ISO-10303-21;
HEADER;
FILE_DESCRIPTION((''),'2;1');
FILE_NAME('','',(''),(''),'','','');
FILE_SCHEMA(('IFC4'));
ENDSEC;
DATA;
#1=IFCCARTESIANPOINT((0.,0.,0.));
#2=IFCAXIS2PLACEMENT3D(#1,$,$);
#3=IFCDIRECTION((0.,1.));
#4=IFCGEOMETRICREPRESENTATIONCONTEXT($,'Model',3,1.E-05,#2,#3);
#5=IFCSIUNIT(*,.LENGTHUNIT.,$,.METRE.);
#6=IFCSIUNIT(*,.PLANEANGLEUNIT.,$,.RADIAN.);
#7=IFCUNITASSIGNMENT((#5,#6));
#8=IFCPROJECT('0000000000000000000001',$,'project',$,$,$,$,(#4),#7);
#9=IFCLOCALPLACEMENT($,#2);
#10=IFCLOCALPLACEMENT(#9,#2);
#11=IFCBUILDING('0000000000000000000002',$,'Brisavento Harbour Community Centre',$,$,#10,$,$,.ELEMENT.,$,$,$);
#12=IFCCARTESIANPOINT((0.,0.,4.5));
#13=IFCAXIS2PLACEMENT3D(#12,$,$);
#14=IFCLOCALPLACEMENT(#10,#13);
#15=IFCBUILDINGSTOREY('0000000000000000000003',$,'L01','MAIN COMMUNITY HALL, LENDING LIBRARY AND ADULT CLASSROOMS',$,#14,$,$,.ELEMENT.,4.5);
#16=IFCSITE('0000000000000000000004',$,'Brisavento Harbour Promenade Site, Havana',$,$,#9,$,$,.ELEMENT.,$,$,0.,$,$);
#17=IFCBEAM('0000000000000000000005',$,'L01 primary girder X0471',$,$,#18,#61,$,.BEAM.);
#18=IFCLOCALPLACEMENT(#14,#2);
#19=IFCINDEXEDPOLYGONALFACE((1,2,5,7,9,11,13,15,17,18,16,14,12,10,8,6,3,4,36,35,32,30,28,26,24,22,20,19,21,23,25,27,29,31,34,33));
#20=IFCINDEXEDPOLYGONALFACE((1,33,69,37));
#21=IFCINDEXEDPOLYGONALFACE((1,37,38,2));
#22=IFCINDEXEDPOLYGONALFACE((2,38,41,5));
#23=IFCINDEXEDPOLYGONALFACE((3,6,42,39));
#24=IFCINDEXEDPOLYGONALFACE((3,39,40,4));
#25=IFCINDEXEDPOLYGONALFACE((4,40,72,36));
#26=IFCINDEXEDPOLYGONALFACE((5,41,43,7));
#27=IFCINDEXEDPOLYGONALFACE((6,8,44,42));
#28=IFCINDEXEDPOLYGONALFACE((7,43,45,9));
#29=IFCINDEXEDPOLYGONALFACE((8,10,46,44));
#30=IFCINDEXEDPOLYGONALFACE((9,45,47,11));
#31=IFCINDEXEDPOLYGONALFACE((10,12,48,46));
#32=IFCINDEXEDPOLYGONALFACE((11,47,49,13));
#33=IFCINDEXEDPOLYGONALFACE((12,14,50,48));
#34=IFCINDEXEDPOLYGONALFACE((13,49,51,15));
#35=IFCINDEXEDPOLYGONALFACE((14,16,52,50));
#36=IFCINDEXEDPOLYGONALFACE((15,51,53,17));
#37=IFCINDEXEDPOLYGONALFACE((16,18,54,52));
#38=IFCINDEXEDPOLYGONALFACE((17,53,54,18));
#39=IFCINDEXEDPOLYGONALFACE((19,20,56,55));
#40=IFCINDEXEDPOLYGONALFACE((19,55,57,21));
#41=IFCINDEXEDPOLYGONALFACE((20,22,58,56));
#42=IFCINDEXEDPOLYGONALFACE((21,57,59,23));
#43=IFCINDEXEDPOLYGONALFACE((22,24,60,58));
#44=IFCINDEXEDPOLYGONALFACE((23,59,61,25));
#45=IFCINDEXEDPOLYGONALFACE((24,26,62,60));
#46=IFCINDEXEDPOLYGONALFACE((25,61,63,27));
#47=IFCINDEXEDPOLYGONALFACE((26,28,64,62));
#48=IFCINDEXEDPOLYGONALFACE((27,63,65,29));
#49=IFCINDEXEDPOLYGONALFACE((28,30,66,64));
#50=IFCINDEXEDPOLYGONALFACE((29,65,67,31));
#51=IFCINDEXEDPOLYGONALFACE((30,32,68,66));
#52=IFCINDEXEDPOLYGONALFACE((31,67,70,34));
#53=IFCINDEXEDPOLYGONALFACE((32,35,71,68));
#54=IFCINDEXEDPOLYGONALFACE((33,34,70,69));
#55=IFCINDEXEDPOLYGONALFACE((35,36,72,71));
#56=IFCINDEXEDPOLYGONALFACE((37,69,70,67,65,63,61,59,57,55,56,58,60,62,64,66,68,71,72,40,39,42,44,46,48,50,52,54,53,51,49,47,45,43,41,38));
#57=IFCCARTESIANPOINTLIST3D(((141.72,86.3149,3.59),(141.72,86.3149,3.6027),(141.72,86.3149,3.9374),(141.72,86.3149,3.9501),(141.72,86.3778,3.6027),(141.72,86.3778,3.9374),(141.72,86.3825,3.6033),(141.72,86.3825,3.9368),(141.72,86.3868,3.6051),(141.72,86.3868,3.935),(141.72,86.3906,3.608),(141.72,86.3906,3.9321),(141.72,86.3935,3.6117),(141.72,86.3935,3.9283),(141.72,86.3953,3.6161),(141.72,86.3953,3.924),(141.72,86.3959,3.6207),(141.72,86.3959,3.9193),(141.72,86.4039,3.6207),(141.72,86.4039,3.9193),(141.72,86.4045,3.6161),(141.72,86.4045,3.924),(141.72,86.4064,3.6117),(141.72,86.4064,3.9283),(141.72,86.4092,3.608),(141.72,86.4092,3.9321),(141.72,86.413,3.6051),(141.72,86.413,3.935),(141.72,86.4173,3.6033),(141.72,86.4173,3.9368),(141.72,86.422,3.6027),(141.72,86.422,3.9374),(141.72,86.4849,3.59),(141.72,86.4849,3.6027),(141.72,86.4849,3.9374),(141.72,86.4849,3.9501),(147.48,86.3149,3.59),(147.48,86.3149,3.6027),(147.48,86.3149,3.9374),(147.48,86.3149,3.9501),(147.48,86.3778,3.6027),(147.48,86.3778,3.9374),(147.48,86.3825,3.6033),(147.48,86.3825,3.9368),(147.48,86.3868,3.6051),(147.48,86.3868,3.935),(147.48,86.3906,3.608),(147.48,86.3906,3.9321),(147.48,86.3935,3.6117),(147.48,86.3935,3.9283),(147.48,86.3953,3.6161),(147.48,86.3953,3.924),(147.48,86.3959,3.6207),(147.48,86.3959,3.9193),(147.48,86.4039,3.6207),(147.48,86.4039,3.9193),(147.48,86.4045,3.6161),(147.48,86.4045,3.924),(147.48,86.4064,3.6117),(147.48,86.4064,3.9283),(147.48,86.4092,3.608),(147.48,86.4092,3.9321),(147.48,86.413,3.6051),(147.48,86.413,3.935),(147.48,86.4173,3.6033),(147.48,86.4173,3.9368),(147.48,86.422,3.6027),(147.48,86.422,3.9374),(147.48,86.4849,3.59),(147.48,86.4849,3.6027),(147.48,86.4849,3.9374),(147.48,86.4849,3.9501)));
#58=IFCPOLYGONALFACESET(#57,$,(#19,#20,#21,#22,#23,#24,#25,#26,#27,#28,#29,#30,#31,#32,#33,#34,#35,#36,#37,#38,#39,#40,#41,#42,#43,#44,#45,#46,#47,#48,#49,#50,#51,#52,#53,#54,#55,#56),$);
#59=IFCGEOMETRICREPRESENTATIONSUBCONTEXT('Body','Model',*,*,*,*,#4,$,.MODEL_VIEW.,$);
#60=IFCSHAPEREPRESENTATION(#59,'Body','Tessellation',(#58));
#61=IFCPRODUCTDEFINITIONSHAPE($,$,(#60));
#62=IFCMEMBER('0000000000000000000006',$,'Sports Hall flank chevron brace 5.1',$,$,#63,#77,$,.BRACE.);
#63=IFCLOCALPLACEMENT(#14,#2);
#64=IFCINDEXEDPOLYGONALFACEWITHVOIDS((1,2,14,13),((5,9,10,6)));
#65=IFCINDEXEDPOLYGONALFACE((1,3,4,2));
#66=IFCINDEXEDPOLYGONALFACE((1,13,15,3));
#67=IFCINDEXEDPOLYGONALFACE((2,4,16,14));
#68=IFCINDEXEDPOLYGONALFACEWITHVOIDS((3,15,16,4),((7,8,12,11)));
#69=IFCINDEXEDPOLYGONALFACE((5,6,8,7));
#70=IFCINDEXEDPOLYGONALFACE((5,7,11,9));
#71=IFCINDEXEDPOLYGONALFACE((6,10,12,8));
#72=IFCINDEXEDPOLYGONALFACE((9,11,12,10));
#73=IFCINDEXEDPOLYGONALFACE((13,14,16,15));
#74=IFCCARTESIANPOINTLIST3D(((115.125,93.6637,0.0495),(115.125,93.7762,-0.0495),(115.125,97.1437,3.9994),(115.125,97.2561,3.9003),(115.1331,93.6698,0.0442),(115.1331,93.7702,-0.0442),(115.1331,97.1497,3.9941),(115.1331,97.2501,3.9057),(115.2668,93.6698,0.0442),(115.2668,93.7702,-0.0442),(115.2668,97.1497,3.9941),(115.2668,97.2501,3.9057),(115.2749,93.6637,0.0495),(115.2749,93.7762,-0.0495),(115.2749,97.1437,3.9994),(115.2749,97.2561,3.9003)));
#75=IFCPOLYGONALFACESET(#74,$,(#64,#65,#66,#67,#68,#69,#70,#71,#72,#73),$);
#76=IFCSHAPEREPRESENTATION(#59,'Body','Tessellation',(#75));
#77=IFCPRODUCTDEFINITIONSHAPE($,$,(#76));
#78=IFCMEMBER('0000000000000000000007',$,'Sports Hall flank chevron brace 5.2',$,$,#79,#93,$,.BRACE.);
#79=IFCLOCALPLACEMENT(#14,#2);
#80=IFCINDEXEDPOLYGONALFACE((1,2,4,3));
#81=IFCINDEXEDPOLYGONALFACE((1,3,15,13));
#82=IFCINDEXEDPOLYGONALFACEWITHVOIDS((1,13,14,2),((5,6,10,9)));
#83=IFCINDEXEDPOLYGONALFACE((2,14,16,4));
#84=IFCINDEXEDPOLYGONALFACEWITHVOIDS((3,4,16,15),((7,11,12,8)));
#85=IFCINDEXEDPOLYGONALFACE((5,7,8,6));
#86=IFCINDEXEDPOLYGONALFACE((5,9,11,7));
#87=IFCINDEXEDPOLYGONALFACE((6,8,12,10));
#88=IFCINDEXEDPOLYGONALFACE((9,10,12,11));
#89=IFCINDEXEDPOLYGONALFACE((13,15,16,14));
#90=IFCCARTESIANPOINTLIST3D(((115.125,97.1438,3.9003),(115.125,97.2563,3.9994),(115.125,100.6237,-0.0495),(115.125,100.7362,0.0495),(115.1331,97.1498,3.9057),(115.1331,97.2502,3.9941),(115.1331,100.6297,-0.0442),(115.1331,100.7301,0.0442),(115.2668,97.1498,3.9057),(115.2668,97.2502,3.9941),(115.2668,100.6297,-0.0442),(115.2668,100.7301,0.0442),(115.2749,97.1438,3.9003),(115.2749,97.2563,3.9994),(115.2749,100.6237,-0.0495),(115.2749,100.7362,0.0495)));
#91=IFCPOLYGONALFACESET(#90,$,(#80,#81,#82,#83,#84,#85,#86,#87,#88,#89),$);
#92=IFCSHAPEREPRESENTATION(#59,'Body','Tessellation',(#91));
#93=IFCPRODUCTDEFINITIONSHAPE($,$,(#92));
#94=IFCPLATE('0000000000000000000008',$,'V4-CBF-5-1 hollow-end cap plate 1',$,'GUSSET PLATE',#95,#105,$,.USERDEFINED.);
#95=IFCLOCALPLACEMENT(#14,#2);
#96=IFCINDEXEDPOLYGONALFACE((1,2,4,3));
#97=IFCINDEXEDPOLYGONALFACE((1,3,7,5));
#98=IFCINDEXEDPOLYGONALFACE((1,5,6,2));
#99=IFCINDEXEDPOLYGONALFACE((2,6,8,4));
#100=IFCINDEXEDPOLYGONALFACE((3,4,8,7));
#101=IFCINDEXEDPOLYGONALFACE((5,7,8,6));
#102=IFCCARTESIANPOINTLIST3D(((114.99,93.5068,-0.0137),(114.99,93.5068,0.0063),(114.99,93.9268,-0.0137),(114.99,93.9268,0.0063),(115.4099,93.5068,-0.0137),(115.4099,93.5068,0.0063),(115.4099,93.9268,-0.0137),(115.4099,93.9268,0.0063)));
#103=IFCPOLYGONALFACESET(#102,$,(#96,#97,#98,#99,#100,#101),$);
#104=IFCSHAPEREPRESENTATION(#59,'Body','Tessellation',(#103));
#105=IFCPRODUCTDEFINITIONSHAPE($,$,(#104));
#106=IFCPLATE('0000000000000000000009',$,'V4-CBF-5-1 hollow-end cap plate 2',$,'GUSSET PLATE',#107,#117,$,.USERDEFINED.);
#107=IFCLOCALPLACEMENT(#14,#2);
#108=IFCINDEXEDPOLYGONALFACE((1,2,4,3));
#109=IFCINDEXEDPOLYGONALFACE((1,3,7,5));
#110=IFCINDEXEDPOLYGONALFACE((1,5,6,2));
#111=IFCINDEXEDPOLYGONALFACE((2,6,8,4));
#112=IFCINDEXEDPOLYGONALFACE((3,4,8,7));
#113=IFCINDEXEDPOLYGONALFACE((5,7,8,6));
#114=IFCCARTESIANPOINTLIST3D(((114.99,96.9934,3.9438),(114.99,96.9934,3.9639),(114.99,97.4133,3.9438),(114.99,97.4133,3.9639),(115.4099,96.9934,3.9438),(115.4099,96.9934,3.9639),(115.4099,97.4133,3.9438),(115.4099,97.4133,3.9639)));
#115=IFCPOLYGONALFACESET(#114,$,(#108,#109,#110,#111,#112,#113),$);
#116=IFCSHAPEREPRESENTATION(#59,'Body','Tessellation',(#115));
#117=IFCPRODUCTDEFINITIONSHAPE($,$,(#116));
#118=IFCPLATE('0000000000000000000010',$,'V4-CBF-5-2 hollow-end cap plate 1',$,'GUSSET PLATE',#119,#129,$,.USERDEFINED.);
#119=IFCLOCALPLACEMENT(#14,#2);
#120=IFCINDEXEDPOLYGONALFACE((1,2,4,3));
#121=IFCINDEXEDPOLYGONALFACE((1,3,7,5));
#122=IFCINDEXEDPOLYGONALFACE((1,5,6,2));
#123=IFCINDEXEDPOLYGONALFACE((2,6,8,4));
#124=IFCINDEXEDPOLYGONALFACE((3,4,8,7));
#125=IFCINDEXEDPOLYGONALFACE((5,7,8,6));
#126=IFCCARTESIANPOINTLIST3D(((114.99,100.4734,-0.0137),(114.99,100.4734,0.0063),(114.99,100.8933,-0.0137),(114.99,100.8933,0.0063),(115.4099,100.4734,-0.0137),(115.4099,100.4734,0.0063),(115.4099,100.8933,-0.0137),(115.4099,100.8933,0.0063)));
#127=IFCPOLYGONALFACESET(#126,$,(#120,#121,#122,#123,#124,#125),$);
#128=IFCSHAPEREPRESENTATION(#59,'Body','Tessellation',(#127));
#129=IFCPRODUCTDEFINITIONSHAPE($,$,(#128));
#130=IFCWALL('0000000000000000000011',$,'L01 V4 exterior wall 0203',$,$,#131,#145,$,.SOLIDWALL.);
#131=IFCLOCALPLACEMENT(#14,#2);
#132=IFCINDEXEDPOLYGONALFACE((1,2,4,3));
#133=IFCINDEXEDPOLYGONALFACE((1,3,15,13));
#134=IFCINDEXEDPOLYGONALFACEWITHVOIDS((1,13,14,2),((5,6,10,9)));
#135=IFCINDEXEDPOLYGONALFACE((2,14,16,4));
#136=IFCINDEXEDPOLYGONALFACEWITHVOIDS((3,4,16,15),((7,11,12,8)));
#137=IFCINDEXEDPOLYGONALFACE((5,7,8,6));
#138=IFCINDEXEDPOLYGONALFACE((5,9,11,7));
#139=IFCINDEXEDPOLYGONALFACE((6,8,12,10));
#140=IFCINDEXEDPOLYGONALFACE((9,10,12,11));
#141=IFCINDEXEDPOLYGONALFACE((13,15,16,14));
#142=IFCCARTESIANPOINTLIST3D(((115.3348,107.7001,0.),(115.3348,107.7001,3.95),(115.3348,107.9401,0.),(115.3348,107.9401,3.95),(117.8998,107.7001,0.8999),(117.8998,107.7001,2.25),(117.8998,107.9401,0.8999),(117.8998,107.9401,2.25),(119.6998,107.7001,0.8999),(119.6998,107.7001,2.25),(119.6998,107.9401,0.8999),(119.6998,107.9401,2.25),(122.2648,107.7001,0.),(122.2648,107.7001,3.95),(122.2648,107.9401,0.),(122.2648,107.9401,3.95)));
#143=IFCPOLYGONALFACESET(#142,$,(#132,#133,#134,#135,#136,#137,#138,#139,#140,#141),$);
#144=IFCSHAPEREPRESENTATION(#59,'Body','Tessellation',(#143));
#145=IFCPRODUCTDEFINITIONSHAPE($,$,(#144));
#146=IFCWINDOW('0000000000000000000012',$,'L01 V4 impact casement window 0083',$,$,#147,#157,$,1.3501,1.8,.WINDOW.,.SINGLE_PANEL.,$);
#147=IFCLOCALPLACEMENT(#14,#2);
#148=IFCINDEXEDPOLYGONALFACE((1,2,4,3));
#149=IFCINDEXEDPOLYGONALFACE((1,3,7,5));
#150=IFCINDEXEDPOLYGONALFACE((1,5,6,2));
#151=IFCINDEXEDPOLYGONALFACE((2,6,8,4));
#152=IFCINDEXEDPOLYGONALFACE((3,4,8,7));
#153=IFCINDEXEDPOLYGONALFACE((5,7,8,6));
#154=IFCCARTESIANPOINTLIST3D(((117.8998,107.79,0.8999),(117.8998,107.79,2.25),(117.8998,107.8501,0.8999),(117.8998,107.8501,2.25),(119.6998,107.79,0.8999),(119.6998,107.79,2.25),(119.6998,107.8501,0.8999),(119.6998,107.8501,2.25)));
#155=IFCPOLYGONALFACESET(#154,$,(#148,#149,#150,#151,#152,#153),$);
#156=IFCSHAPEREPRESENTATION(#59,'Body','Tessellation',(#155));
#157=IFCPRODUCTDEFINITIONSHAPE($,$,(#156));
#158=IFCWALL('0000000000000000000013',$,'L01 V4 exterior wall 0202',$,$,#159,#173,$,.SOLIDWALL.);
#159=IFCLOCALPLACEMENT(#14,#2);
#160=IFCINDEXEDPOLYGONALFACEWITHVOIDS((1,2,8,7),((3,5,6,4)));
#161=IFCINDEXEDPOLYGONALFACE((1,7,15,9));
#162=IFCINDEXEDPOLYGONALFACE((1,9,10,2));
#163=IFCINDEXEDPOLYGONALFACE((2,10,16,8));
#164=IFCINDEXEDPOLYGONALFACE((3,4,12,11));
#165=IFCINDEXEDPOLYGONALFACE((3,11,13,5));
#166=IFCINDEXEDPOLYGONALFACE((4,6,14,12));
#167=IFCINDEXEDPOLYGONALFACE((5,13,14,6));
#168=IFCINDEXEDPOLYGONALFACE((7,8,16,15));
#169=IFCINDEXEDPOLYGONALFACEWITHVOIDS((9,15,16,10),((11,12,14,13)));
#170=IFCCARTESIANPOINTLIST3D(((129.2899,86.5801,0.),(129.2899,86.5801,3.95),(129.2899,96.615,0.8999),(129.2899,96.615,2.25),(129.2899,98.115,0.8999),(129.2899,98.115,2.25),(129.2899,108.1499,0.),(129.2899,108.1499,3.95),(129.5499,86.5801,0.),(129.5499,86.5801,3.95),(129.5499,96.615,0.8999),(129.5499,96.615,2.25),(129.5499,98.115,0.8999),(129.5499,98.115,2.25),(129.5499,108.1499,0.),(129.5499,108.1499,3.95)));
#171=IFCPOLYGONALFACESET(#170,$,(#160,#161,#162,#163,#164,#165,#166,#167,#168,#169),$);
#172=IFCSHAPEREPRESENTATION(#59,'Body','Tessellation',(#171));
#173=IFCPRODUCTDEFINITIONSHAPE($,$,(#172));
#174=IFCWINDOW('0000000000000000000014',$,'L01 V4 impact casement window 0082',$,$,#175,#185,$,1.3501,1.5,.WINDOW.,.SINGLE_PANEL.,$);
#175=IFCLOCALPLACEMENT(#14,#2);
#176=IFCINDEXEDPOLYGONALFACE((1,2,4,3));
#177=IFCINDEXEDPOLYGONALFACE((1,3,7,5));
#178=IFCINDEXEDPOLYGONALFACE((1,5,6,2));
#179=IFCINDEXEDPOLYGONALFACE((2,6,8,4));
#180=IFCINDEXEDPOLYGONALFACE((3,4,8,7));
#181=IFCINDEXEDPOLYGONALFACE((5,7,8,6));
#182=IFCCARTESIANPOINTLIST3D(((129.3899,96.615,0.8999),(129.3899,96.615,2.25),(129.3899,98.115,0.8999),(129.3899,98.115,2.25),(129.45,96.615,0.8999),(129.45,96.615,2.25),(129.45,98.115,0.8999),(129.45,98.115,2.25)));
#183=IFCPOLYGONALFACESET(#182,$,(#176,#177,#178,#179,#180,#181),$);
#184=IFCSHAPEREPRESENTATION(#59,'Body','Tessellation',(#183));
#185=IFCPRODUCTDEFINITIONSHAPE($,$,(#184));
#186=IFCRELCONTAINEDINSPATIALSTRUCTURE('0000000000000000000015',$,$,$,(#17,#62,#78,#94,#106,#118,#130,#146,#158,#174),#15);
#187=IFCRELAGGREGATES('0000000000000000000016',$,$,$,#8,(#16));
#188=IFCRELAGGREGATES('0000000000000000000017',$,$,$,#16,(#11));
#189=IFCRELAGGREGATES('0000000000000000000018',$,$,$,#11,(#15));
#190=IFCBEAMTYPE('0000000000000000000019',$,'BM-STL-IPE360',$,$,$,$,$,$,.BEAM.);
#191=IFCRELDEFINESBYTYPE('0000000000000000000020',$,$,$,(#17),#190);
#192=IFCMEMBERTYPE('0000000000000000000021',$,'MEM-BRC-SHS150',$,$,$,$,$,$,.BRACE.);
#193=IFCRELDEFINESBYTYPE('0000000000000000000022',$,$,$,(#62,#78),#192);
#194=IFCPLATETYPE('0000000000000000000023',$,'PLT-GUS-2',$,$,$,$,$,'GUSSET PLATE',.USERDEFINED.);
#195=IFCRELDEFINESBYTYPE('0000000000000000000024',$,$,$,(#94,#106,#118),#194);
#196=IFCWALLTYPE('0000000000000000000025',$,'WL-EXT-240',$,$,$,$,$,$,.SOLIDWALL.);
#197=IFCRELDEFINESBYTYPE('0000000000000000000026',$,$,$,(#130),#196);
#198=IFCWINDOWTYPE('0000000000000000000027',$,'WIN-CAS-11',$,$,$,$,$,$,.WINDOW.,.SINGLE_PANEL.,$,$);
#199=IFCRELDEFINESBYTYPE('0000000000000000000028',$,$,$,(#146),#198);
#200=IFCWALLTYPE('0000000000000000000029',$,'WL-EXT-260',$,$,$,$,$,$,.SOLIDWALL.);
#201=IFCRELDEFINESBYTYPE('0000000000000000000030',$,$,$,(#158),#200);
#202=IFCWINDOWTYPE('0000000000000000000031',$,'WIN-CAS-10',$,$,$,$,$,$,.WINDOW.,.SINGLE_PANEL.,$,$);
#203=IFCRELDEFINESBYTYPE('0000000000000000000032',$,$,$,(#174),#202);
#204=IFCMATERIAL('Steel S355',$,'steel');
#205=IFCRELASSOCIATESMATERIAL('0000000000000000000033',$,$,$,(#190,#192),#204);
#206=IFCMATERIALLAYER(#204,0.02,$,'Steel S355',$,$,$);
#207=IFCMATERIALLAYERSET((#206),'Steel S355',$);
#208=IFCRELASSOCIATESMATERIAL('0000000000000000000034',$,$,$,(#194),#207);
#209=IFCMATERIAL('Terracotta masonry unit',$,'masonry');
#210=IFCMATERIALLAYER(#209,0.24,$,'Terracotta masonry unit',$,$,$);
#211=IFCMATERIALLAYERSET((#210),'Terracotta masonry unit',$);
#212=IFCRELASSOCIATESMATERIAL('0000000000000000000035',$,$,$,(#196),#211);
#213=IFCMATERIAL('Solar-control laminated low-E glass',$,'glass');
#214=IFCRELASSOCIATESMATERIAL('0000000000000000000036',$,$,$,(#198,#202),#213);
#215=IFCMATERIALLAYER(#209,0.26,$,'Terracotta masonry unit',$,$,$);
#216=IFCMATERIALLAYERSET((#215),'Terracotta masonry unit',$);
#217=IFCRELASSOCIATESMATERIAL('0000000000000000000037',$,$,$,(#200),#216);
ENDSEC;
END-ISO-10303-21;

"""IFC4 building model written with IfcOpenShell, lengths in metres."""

from ifc_helpers import new_model, si_unit, direction, frame, frame_2d, origin, origin_2d, place, context, subcontext, project, spatial, rectangle, hollow_rectangle, i_section, extrude, material, layer, layer_set, material_profile, profile_set, type_object, element, fill, save


model = new_model("IFC4")

# Units and contexts
model_context = context("Model", 3, precision=1e-05, world=origin(), true_north=direction((0.0, 1.0)))
body_context = subcontext(model_context, "Body", "Model", "MODEL_VIEW")
ifc_project = project(units=[si_unit("LENGTHUNIT", "METRE"), si_unit("PLANEANGLEUNIT", "RADIAN")], contexts=[model_context])

# Site, building, storey
site_placement = place(None, origin())
site = spatial("IfcSite", under=ifc_project, at=site_placement, Name="Brisavento Harbour Promenade Site, Havana", CompositionType="ELEMENT", RefElevation=0.0)
building_placement = place(site_placement, origin())
building = spatial("IfcBuilding", under=site, at=building_placement, Name="Brisavento Harbour Community Centre", CompositionType="ELEMENT")
storey_placement = place(building_placement, frame((0.0, 0.0, 4.5)))
storey = spatial("IfcBuildingStorey", under=building, at=storey_placement, Name="L01", Description="MAIN COMMUNITY HALL, LENDING LIBRARY AND ADULT CLASSROOMS", CompositionType="ELEMENT", Elevation=4.5)

# Shared definitions
ifc_material_1 = material(Name="Steel S355", Category="steel")

# Beam
ifc_material_profile_1 = material_profile(ifc_material_1, i_section(OverallWidth=0.1699, OverallDepth=0.3601, WebThickness=0.0081, FlangeThickness=0.0127, FilletRadius=0.0181, at=origin_2d()), Name="Steel S355")
ifc_profile_set_1 = profile_set([ifc_material_profile_1], Name="Steel S355")
beam_type = type_object("IfcBeamType", Name="BM-STL-IPE360", PredefinedType="BEAM", material=ifc_profile_set_1)
beam_placement = place(storey_placement, frame((141.72, 86.3999, 3.77), z_axis=(1.0, 0.0, 0.0), x_axis=(0.0, 1.0, 0.0)))
element("IfcBeam", 1, at=beam_placement, inside=storey, type_object=beam_type, Name="L01 primary girder X0471", PredefinedType="BEAM", context=body_context, shape_type="SweptSolid", body=[
    extrude(i_section(OverallWidth=0.1699, OverallDepth=0.3601, WebThickness=0.0081, FlangeThickness=0.0127, FilletRadius=0.0181, at=origin_2d()), origin(), (0.0, 0.0, 1.0), 5.76),
])

# Members
ifc_material_profile_2 = material_profile(ifc_material_1, hollow_rectangle(XDim=0.1499, YDim=0.1499, WallThickness=0.0081, at=origin_2d()), Name="Steel S355")
ifc_profile_set_2 = profile_set([ifc_material_profile_2], Name="Steel S355")
member_type = type_object("IfcMemberType", Name="MEM-BRC-SHS150", PredefinedType="BRACE", material=ifc_profile_set_2)
for number, where, z_axis, x_axis, name in (
    (2, (115.2, 93.72, 0.0), (0.0, 0.661059, 0.750334), (-1.0, 0.0, 0.0), "Sports Hall flank chevron brace 5.1"),
    (3, (115.2, 100.6799, 0.0), (0.0, -0.661059, 0.750334), (1.0, 0.0, 0.0), "Sports Hall flank chevron brace 5.2"),
):
    element("IfcMember", number, at=place(storey_placement, frame(where, z_axis=z_axis, x_axis=x_axis)), inside=storey, type_object=member_type, Name=name, PredefinedType="BRACE", context=body_context, shape_type="SweptSolid", body=[
        extrude(hollow_rectangle(XDim=0.1499, YDim=0.1499, WallThickness=0.0081, at=origin_2d()), origin(), (0.0, 0.0, 1.0), 5.2642),
    ])

# Plates
ifc_layer_1 = layer(ifc_material_1, 0.02, Name="Steel S355")
ifc_layer_set_1 = layer_set([ifc_layer_1], Name="Steel S355")
plate_type = type_object("IfcPlateType", Name="PLT-GUS-2", ElementType="GUSSET PLATE", PredefinedType="USERDEFINED", material=ifc_layer_set_1)
for number, where, z_axis, x_axis, name in (
    (4, (115.2, 93.7168, -0.0137), (0.0, 0.0, 1.0), (0.0, 1.0, 0.0), "V4-CBF-5-1 hollow-end cap plate 1"),
    (5, (115.2, 97.2034, 3.9438), (0.0, 0.0, 1.0), (0.0, 1.0, 0.0), "V4-CBF-5-1 hollow-end cap plate 2"),
    (6, (115.2, 100.6833, -0.0137), (0.0, 0.0, 1.0), (0.0, -1.0, 0.0), "V4-CBF-5-2 hollow-end cap plate 1"),
):
    element("IfcPlate", number, at=place(storey_placement, frame(where, z_axis=z_axis, x_axis=x_axis)), inside=storey, type_object=plate_type, Name=name, ObjectType="GUSSET PLATE", PredefinedType="USERDEFINED", context=body_context, shape_type="SweptSolid", body=[
        extrude(rectangle(XDim=0.4199, YDim=0.4199, at=origin_2d()), origin(), (0.0, 0.0, 1.0), 0.02),
    ])

# Walls, openings, windows
ifc_material_2 = material(Name="Terracotta masonry unit", Category="masonry")
ifc_layer_2 = layer(ifc_material_2, 0.24, Name="Terracotta masonry unit")
ifc_layer_set_2 = layer_set([ifc_layer_2], Name="Terracotta masonry unit")
wall_type_1 = type_object("IfcWallType", Name="WL-EXT-240", PredefinedType="SOLIDWALL", material=ifc_layer_set_2)
wall_1_placement = place(storey_placement, frame((115.335, 107.8201, 0.0), z_axis=(0.0, 0.0, 1.0), x_axis=(1.0, 0.0, 0.0)))
wall_1 = element("IfcWall", 7, at=wall_1_placement, inside=storey, type_object=wall_type_1, Name="L01 V4 exterior wall 0203", PredefinedType="SOLIDWALL", context=body_context, shape_type="SweptSolid", body=[
    extrude(rectangle(XDim=6.9299, YDim=0.24, at=frame_2d((3.4648, 0.0))), origin(), (0.0, 0.0, 1.0), 3.95),
])
opening_1_placement = place(wall_1_placement, frame((2.5649, 0.0, 0.8999)))
opening_1 = element("IfcOpeningElement", 8, at=opening_1_placement, cuts=wall_1, PredefinedType="OPENING", context=body_context, shape_type="SweptSolid", body=[
    extrude(rectangle(XDim=1.8, YDim=1.3501, at=frame_2d((0.8999, 0.675))), frame((0.0, 0.1299, 0.0), z_axis=(0.0, -1.0, 0.0), x_axis=(1.0, 0.0, 0.0)), (0.0, 0.0, 1.0), 0.26),
])
ifc_material_3 = material(Name="Solar-control laminated low-E glass", Category="glass")
window_type_1 = type_object("IfcWindowType", Name="WIN-CAS-11", PartitioningType="SINGLE_PANEL", PredefinedType="WINDOW", material=ifc_material_3)
window_1_placement = place(opening_1_placement, origin())
window_1 = element("IfcWindow", 9, at=window_1_placement, inside=storey, type_object=window_type_1, Name="L01 V4 impact casement window 0083", OverallHeight=1.3501, OverallWidth=1.8, PartitioningType="SINGLE_PANEL", PredefinedType="WINDOW", context=body_context, shape_type="SweptSolid", body=[
    extrude(rectangle(XDim=1.8, YDim=1.3501, at=frame_2d((0.8999, 0.675))), frame((0.0, 0.03, 0.0), z_axis=(0.0, -1.0, 0.0), x_axis=(1.0, 0.0, 0.0)), (0.0, 0.0, 1.0), 0.0601),
])
fill(opening_1, window_1)
ifc_layer_3 = layer(ifc_material_2, 0.26, Name="Terracotta masonry unit")
ifc_layer_set_3 = layer_set([ifc_layer_3], Name="Terracotta masonry unit")
wall_type_2 = type_object("IfcWallType", Name="WL-EXT-260", PredefinedType="SOLIDWALL", material=ifc_layer_set_3)
wall_2_placement = place(storey_placement, frame((129.4199, 108.1499, 0.0), z_axis=(0.0, 0.0, 1.0), x_axis=(0.0, -1.0, 0.0)))
wall_2 = element("IfcWall", 10, at=wall_2_placement, inside=storey, type_object=wall_type_2, Name="L01 V4 exterior wall 0202", PredefinedType="SOLIDWALL", context=body_context, shape_type="SweptSolid", body=[
    extrude(rectangle(XDim=21.5698, YDim=0.26, at=frame_2d((10.7849, 0.0))), origin(), (0.0, 0.0, 1.0), 3.95),
])
opening_2_placement = place(wall_2_placement, frame((10.0349, 0.0, 0.8999)))
opening_2 = element("IfcOpeningElement", 11, at=opening_2_placement, cuts=wall_2, PredefinedType="OPENING", context=body_context, shape_type="SweptSolid", body=[
    extrude(rectangle(XDim=1.5, YDim=1.3501, at=frame_2d((0.75, 0.675))), frame((0.0, 0.1401, 0.0), z_axis=(0.0, -1.0, 0.0), x_axis=(1.0, 0.0, 0.0)), (0.0, 0.0, 1.0), 0.28),
])
window_type_2 = type_object("IfcWindowType", Name="WIN-CAS-10", PartitioningType="SINGLE_PANEL", PredefinedType="WINDOW", material=ifc_material_3)
window_2_placement = place(opening_2_placement, origin())
window_2 = element("IfcWindow", 12, at=window_2_placement, inside=storey, type_object=window_type_2, Name="L01 V4 impact casement window 0082", OverallHeight=1.3501, OverallWidth=1.5, PartitioningType="SINGLE_PANEL", PredefinedType="WINDOW", context=body_context, shape_type="SweptSolid", body=[
    extrude(rectangle(XDim=1.5, YDim=1.3501, at=frame_2d((0.75, 0.675))), frame((0.0, 0.03, 0.0), z_axis=(0.0, -1.0, 0.0), x_axis=(1.0, 0.0, 0.0)), (0.0, 0.0, 1.0), 0.0601),
])
fill(opening_2, window_2)

save(model, "model.ifc")
